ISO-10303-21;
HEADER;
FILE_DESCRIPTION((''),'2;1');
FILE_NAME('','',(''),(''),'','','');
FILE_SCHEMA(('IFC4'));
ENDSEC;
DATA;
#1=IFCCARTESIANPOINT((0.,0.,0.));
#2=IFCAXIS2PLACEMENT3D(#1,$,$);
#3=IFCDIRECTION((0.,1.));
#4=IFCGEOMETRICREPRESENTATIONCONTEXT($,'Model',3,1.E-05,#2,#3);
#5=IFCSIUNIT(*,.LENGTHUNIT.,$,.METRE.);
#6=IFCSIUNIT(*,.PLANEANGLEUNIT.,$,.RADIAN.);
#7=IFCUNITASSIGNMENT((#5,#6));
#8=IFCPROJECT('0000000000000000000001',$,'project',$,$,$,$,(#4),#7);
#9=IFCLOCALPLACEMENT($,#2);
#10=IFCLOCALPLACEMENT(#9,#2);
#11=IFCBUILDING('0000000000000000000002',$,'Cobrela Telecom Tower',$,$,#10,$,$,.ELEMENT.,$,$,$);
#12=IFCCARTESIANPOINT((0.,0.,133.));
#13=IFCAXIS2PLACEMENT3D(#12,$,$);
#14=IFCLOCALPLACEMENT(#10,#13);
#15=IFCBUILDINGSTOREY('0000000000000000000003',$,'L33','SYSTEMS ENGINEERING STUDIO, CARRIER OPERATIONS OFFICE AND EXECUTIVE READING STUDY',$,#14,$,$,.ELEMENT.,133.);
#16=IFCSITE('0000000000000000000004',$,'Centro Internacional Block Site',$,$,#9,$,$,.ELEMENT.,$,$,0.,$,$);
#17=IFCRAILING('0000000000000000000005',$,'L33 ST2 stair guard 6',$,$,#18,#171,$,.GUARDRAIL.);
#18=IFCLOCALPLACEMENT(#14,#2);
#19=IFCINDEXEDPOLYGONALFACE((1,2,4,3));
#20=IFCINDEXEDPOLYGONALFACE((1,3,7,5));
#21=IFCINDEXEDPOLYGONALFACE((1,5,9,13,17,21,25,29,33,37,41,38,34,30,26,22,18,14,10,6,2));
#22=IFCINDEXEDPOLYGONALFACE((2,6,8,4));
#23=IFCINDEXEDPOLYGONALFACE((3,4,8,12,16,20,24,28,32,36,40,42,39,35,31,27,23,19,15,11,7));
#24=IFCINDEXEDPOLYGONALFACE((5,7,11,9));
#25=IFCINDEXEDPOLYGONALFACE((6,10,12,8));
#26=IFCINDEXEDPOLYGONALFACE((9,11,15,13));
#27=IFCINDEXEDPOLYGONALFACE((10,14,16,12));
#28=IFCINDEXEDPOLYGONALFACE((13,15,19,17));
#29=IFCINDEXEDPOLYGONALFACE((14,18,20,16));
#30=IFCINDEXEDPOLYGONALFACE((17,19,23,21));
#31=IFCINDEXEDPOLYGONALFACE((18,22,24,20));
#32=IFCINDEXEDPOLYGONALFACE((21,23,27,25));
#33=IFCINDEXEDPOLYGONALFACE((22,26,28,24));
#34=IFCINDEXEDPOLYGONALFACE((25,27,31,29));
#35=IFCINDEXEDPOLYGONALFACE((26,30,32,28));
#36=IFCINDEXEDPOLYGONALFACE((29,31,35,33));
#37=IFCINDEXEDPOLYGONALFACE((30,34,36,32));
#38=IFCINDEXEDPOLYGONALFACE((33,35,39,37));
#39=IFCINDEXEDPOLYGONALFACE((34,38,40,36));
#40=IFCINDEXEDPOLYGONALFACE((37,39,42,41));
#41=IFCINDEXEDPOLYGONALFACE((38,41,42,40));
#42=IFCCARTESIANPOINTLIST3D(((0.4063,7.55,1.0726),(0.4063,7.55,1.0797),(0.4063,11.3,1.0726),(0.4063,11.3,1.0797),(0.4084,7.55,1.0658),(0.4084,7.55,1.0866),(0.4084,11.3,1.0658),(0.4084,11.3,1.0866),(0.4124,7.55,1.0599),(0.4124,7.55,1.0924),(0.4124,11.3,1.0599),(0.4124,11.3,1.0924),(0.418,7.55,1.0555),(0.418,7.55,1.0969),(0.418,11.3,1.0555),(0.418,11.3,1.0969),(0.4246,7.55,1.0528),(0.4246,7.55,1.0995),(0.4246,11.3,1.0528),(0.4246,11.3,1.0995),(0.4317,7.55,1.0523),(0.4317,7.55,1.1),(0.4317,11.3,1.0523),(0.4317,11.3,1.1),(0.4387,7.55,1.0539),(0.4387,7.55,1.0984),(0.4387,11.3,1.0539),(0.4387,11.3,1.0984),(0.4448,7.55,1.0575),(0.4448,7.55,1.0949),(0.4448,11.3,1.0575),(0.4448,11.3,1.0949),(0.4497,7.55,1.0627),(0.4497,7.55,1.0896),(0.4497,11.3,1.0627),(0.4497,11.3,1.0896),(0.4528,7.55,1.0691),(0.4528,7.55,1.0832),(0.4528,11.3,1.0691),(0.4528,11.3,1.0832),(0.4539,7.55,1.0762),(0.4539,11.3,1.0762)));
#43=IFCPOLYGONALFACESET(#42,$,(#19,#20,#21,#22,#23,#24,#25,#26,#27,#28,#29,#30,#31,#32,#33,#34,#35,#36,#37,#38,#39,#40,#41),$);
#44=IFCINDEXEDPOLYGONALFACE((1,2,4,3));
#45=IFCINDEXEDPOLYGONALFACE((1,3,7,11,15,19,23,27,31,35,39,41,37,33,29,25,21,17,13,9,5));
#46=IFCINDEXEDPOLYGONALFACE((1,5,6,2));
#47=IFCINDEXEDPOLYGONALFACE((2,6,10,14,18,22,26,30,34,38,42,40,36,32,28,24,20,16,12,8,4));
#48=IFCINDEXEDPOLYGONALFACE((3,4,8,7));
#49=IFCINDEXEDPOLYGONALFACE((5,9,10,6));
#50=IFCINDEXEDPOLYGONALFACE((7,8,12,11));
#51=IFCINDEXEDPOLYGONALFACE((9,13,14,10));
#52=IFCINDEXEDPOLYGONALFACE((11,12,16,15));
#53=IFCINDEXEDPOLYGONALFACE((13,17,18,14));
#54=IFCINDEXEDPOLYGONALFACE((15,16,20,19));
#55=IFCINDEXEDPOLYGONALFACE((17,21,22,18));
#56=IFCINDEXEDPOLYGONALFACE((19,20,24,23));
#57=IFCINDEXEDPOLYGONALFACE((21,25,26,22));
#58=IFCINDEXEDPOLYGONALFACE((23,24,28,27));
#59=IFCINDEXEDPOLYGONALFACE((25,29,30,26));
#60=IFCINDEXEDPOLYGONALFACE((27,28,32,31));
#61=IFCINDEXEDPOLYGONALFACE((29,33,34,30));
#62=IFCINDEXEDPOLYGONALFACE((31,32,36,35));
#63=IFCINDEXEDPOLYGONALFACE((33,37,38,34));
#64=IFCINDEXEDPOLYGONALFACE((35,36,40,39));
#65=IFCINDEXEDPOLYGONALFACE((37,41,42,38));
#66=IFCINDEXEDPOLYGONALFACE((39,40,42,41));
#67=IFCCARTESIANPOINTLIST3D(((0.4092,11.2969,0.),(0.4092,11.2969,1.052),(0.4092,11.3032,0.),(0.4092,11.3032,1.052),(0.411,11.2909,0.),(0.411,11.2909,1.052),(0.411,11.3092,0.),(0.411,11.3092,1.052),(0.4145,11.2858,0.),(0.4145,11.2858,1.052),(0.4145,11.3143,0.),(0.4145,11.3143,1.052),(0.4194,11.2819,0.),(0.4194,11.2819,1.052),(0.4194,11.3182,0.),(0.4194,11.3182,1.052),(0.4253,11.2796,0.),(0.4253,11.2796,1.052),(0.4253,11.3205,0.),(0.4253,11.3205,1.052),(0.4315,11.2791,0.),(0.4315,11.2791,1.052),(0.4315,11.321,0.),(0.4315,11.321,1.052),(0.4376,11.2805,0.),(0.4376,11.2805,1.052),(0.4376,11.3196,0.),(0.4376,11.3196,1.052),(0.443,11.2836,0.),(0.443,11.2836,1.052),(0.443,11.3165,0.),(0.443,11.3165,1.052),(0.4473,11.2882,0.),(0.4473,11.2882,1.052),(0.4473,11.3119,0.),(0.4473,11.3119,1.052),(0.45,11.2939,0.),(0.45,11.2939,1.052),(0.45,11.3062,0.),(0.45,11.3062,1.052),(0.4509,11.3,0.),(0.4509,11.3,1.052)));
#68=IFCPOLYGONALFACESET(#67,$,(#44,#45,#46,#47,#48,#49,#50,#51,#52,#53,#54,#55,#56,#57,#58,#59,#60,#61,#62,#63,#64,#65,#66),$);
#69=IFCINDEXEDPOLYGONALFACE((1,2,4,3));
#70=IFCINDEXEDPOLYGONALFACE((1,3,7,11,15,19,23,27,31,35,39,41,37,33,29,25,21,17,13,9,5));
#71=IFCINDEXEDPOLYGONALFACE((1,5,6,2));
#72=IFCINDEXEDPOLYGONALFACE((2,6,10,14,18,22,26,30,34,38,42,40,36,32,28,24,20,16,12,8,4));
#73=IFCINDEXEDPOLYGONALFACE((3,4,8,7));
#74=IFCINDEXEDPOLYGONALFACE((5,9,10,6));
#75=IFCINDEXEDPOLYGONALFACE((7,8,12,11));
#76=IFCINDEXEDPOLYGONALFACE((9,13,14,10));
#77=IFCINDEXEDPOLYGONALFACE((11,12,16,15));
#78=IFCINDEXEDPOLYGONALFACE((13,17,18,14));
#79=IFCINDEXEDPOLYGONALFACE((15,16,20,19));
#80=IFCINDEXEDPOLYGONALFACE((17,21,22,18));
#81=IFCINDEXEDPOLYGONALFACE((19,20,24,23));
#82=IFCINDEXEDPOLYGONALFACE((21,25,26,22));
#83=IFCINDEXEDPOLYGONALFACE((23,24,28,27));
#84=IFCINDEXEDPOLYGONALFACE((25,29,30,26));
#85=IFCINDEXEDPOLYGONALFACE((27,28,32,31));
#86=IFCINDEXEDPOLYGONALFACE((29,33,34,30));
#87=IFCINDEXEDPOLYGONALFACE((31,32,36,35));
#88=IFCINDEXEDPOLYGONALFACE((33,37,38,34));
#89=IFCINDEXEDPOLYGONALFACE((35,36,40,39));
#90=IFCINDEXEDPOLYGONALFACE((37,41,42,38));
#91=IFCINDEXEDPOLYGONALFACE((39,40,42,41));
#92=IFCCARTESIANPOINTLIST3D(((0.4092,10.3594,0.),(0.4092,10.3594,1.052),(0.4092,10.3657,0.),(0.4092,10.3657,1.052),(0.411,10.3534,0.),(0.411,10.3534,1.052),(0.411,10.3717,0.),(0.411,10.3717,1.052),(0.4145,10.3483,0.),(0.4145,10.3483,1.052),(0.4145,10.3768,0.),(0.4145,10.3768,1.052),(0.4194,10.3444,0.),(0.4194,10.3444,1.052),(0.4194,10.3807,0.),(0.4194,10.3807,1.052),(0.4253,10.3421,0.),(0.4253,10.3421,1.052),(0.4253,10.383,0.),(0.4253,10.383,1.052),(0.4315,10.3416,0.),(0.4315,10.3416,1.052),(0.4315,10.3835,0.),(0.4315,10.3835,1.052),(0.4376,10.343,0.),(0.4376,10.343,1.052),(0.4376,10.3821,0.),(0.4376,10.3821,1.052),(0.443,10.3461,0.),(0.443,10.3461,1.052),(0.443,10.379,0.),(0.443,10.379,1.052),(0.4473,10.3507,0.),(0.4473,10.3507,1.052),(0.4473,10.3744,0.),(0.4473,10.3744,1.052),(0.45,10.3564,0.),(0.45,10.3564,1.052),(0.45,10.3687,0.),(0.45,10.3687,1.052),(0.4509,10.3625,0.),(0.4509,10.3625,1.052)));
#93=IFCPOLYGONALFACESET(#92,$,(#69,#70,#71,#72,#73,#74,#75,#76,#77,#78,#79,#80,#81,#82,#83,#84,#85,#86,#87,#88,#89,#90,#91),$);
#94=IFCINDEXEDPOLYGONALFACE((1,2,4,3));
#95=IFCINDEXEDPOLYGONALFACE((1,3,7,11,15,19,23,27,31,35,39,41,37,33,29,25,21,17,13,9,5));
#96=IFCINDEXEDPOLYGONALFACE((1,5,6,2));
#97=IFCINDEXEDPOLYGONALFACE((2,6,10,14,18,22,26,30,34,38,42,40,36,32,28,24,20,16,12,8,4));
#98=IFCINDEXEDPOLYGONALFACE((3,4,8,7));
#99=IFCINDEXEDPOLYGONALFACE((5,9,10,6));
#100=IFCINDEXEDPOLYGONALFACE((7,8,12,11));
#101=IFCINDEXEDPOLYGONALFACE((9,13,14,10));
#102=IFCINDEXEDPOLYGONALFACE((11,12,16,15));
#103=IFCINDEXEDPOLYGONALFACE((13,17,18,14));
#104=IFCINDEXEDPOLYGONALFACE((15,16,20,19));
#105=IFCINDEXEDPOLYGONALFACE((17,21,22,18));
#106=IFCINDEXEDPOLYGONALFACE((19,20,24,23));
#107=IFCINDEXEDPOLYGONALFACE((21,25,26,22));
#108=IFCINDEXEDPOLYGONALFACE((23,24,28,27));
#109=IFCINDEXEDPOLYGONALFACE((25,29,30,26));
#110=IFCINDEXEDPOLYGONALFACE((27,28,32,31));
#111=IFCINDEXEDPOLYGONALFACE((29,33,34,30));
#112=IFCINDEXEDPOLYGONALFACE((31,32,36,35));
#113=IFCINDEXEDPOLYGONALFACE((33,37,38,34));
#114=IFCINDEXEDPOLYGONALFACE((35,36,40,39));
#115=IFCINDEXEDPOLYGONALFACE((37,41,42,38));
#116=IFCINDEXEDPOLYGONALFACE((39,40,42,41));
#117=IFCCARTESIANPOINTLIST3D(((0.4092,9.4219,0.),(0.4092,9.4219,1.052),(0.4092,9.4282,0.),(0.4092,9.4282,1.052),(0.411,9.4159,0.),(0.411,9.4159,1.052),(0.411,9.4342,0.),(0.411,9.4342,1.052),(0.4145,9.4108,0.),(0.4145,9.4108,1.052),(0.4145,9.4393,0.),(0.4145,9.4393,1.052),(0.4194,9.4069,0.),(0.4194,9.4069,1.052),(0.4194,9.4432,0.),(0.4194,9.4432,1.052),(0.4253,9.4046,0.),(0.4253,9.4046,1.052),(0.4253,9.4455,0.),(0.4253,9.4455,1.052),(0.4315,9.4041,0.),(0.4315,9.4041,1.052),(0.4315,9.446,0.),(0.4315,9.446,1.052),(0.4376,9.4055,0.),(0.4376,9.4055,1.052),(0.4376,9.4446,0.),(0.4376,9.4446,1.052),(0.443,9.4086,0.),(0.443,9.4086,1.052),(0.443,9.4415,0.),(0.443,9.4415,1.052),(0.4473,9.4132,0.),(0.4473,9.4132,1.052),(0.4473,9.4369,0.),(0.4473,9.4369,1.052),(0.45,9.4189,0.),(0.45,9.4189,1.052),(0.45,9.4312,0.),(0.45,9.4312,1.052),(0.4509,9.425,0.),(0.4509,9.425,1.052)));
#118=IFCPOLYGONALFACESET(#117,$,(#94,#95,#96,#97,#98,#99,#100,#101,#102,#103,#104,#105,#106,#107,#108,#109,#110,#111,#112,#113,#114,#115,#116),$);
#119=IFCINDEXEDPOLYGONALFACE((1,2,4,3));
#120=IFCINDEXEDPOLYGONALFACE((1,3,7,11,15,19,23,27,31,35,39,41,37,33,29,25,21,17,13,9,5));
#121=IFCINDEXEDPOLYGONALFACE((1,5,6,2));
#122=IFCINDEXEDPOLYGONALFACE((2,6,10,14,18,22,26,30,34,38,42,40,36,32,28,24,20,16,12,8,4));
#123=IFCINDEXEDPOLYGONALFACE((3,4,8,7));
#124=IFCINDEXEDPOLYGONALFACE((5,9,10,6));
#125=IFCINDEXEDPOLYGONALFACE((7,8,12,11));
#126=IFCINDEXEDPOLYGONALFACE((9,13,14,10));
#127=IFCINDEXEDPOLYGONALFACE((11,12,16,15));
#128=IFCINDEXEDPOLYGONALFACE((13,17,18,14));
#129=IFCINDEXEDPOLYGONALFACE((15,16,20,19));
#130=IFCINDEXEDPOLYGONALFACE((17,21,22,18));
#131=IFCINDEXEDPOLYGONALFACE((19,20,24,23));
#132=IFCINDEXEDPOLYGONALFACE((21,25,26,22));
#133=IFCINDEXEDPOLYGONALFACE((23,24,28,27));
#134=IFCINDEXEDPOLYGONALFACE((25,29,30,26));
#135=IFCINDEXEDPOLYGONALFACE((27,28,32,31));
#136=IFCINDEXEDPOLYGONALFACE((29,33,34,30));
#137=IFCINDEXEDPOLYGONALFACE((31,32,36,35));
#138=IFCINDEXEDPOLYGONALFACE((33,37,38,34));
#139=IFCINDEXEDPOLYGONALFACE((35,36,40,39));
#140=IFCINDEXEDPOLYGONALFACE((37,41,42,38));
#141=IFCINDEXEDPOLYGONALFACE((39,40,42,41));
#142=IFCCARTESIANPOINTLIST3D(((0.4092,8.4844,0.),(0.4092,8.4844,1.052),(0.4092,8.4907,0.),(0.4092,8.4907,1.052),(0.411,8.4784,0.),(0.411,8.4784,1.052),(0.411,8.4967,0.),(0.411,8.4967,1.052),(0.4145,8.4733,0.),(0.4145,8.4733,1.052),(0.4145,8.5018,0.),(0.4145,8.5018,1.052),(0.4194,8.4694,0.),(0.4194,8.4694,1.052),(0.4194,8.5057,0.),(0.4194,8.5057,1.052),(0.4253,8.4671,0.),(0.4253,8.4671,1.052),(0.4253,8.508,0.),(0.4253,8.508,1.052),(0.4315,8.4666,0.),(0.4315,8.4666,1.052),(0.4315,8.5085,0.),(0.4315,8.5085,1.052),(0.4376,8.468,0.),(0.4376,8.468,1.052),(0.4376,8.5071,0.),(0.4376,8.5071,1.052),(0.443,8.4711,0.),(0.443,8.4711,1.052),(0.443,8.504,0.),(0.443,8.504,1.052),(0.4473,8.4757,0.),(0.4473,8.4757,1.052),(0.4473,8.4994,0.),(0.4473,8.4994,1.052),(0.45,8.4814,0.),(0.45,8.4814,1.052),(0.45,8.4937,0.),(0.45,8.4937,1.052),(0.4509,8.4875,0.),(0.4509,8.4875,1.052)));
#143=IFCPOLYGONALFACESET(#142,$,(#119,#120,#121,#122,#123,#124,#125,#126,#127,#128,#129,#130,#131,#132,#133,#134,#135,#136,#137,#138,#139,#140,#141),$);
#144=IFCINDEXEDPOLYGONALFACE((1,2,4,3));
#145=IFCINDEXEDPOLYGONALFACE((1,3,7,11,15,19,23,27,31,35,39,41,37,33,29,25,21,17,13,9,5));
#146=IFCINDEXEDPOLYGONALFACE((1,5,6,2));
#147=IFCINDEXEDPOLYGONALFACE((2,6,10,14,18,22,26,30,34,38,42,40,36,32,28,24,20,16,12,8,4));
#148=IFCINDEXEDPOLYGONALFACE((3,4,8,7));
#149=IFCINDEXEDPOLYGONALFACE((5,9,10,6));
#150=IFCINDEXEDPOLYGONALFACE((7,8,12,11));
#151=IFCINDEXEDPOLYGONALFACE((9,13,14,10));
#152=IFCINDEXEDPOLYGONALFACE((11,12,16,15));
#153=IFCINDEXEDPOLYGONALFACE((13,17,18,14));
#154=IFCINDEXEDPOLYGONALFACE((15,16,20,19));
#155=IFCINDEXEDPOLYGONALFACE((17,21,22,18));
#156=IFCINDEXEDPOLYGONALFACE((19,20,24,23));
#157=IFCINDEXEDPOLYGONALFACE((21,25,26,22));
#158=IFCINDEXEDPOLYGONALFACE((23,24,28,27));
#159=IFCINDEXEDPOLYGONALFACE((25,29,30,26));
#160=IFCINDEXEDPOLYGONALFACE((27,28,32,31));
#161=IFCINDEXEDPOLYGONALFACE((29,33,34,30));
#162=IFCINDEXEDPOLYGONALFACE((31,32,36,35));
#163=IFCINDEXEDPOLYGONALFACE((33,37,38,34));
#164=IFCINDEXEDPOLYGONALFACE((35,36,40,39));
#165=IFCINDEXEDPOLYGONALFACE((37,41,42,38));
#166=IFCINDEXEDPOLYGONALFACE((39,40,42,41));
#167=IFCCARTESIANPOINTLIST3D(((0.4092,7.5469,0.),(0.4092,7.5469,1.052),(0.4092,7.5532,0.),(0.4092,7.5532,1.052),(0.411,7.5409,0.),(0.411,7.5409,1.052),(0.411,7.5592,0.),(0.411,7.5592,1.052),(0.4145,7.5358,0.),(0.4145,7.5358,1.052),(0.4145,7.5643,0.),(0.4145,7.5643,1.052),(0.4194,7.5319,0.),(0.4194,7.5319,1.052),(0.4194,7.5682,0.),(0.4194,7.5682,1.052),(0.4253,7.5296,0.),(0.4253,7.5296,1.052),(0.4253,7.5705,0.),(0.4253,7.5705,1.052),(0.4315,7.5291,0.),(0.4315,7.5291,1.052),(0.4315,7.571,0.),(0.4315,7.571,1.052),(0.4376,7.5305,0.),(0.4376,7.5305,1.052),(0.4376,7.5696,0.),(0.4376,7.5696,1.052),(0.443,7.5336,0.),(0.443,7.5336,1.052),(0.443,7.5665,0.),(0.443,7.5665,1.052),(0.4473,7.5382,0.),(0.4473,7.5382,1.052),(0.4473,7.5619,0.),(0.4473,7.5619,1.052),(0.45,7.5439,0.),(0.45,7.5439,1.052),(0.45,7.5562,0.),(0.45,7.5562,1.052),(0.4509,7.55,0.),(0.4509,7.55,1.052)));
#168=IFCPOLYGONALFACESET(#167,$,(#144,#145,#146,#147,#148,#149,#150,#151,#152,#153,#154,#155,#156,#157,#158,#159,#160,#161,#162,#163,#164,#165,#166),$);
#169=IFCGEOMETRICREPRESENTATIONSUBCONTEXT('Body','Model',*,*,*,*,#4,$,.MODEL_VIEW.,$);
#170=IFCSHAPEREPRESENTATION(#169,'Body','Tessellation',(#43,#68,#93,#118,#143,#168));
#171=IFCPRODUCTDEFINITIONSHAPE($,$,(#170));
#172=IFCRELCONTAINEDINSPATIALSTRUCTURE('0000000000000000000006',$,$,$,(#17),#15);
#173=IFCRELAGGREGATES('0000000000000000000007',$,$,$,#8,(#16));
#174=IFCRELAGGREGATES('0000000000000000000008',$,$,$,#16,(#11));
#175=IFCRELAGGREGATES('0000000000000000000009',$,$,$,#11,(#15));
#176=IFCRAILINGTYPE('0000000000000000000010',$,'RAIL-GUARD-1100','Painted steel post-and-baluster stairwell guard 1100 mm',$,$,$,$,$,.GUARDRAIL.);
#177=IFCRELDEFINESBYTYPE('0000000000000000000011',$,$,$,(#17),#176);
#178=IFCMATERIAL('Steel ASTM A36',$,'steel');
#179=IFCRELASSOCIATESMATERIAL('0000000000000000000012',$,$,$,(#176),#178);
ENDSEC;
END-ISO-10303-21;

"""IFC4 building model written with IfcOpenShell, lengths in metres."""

from ifc_helpers import new_model, si_unit, direction, frame, origin, origin_2d, place, context, subcontext, project, spatial, circle, extrude, material, type_object, element, save


model = new_model("IFC4")

# Units and contexts
model_context = context("Model", 3, precision=1e-05, world=origin(), true_north=direction((0.0, 1.0)))
body_context = subcontext(model_context, "Body", "Model", "MODEL_VIEW")
ifc_project = project(units=[si_unit("LENGTHUNIT", "METRE"), si_unit("PLANEANGLEUNIT", "RADIAN")], contexts=[model_context])

# Site, building, storey
site_placement = place(None, origin())
site = spatial("IfcSite", under=ifc_project, at=site_placement, Name="Centro Internacional Block Site", CompositionType="ELEMENT", RefElevation=0.0)
building_placement = place(site_placement, origin())
building = spatial("IfcBuilding", under=site, at=building_placement, Name="Cobrela Telecom Tower", CompositionType="ELEMENT")
storey_placement = place(building_placement, frame((0.0, 0.0, 133.0)))
storey = spatial("IfcBuildingStorey", under=building, at=storey_placement, Name="L33", Description="SYSTEMS ENGINEERING STUDIO, CARRIER OPERATIONS OFFICE AND EXECUTIVE READING STUDY", CompositionType="ELEMENT", Elevation=133.0)

# Shared definitions
ifc_material_1 = material(Name="Steel ASTM A36", Category="steel")

# Railing
railing_type_1 = type_object("IfcRailingType", Name="RAIL-GUARD-1100", Description="Painted steel post-and-baluster stairwell guard 1100 mm", PredefinedType="GUARDRAIL", material=ifc_material_1)
railing_1_placement = place(storey_placement, frame((0.4299, 11.3, 0.0)))
element("IfcRailing", 1, at=railing_1_placement, inside=storey, type_object=railing_type_1, Name="L33 ST2 stair guard 6", PredefinedType="GUARDRAIL", context=body_context, shape_type="SweptSolid", body=[
    extrude(circle(Radius=0.0239, at=origin_2d()), frame((0.0, 0.0, 1.0762), z_axis=(0.0, -1.0, 0.0), x_axis=(1.0, 0.0, 0.0)), (0.0, 0.0, 1.0), 3.75),
    extrude(circle(Radius=0.021, at=origin_2d()), origin(), (0.0, 0.0, 1.0), 1.052),
    extrude(circle(Radius=0.021, at=origin_2d()), frame((0.0, -0.9375, 0.0)), (0.0, 0.0, 1.0), 1.052),
    extrude(circle(Radius=0.021, at=origin_2d()), frame((0.0, -1.875, 0.0)), (0.0, 0.0, 1.0), 1.052),
    extrude(circle(Radius=0.021, at=origin_2d()), frame((0.0, -2.8125, 0.0)), (0.0, 0.0, 1.0), 1.052),
    extrude(circle(Radius=0.021, at=origin_2d()), frame((0.0, -3.75, 0.0)), (0.0, 0.0, 1.0), 1.052),
])

save(model, "model.ifc")
